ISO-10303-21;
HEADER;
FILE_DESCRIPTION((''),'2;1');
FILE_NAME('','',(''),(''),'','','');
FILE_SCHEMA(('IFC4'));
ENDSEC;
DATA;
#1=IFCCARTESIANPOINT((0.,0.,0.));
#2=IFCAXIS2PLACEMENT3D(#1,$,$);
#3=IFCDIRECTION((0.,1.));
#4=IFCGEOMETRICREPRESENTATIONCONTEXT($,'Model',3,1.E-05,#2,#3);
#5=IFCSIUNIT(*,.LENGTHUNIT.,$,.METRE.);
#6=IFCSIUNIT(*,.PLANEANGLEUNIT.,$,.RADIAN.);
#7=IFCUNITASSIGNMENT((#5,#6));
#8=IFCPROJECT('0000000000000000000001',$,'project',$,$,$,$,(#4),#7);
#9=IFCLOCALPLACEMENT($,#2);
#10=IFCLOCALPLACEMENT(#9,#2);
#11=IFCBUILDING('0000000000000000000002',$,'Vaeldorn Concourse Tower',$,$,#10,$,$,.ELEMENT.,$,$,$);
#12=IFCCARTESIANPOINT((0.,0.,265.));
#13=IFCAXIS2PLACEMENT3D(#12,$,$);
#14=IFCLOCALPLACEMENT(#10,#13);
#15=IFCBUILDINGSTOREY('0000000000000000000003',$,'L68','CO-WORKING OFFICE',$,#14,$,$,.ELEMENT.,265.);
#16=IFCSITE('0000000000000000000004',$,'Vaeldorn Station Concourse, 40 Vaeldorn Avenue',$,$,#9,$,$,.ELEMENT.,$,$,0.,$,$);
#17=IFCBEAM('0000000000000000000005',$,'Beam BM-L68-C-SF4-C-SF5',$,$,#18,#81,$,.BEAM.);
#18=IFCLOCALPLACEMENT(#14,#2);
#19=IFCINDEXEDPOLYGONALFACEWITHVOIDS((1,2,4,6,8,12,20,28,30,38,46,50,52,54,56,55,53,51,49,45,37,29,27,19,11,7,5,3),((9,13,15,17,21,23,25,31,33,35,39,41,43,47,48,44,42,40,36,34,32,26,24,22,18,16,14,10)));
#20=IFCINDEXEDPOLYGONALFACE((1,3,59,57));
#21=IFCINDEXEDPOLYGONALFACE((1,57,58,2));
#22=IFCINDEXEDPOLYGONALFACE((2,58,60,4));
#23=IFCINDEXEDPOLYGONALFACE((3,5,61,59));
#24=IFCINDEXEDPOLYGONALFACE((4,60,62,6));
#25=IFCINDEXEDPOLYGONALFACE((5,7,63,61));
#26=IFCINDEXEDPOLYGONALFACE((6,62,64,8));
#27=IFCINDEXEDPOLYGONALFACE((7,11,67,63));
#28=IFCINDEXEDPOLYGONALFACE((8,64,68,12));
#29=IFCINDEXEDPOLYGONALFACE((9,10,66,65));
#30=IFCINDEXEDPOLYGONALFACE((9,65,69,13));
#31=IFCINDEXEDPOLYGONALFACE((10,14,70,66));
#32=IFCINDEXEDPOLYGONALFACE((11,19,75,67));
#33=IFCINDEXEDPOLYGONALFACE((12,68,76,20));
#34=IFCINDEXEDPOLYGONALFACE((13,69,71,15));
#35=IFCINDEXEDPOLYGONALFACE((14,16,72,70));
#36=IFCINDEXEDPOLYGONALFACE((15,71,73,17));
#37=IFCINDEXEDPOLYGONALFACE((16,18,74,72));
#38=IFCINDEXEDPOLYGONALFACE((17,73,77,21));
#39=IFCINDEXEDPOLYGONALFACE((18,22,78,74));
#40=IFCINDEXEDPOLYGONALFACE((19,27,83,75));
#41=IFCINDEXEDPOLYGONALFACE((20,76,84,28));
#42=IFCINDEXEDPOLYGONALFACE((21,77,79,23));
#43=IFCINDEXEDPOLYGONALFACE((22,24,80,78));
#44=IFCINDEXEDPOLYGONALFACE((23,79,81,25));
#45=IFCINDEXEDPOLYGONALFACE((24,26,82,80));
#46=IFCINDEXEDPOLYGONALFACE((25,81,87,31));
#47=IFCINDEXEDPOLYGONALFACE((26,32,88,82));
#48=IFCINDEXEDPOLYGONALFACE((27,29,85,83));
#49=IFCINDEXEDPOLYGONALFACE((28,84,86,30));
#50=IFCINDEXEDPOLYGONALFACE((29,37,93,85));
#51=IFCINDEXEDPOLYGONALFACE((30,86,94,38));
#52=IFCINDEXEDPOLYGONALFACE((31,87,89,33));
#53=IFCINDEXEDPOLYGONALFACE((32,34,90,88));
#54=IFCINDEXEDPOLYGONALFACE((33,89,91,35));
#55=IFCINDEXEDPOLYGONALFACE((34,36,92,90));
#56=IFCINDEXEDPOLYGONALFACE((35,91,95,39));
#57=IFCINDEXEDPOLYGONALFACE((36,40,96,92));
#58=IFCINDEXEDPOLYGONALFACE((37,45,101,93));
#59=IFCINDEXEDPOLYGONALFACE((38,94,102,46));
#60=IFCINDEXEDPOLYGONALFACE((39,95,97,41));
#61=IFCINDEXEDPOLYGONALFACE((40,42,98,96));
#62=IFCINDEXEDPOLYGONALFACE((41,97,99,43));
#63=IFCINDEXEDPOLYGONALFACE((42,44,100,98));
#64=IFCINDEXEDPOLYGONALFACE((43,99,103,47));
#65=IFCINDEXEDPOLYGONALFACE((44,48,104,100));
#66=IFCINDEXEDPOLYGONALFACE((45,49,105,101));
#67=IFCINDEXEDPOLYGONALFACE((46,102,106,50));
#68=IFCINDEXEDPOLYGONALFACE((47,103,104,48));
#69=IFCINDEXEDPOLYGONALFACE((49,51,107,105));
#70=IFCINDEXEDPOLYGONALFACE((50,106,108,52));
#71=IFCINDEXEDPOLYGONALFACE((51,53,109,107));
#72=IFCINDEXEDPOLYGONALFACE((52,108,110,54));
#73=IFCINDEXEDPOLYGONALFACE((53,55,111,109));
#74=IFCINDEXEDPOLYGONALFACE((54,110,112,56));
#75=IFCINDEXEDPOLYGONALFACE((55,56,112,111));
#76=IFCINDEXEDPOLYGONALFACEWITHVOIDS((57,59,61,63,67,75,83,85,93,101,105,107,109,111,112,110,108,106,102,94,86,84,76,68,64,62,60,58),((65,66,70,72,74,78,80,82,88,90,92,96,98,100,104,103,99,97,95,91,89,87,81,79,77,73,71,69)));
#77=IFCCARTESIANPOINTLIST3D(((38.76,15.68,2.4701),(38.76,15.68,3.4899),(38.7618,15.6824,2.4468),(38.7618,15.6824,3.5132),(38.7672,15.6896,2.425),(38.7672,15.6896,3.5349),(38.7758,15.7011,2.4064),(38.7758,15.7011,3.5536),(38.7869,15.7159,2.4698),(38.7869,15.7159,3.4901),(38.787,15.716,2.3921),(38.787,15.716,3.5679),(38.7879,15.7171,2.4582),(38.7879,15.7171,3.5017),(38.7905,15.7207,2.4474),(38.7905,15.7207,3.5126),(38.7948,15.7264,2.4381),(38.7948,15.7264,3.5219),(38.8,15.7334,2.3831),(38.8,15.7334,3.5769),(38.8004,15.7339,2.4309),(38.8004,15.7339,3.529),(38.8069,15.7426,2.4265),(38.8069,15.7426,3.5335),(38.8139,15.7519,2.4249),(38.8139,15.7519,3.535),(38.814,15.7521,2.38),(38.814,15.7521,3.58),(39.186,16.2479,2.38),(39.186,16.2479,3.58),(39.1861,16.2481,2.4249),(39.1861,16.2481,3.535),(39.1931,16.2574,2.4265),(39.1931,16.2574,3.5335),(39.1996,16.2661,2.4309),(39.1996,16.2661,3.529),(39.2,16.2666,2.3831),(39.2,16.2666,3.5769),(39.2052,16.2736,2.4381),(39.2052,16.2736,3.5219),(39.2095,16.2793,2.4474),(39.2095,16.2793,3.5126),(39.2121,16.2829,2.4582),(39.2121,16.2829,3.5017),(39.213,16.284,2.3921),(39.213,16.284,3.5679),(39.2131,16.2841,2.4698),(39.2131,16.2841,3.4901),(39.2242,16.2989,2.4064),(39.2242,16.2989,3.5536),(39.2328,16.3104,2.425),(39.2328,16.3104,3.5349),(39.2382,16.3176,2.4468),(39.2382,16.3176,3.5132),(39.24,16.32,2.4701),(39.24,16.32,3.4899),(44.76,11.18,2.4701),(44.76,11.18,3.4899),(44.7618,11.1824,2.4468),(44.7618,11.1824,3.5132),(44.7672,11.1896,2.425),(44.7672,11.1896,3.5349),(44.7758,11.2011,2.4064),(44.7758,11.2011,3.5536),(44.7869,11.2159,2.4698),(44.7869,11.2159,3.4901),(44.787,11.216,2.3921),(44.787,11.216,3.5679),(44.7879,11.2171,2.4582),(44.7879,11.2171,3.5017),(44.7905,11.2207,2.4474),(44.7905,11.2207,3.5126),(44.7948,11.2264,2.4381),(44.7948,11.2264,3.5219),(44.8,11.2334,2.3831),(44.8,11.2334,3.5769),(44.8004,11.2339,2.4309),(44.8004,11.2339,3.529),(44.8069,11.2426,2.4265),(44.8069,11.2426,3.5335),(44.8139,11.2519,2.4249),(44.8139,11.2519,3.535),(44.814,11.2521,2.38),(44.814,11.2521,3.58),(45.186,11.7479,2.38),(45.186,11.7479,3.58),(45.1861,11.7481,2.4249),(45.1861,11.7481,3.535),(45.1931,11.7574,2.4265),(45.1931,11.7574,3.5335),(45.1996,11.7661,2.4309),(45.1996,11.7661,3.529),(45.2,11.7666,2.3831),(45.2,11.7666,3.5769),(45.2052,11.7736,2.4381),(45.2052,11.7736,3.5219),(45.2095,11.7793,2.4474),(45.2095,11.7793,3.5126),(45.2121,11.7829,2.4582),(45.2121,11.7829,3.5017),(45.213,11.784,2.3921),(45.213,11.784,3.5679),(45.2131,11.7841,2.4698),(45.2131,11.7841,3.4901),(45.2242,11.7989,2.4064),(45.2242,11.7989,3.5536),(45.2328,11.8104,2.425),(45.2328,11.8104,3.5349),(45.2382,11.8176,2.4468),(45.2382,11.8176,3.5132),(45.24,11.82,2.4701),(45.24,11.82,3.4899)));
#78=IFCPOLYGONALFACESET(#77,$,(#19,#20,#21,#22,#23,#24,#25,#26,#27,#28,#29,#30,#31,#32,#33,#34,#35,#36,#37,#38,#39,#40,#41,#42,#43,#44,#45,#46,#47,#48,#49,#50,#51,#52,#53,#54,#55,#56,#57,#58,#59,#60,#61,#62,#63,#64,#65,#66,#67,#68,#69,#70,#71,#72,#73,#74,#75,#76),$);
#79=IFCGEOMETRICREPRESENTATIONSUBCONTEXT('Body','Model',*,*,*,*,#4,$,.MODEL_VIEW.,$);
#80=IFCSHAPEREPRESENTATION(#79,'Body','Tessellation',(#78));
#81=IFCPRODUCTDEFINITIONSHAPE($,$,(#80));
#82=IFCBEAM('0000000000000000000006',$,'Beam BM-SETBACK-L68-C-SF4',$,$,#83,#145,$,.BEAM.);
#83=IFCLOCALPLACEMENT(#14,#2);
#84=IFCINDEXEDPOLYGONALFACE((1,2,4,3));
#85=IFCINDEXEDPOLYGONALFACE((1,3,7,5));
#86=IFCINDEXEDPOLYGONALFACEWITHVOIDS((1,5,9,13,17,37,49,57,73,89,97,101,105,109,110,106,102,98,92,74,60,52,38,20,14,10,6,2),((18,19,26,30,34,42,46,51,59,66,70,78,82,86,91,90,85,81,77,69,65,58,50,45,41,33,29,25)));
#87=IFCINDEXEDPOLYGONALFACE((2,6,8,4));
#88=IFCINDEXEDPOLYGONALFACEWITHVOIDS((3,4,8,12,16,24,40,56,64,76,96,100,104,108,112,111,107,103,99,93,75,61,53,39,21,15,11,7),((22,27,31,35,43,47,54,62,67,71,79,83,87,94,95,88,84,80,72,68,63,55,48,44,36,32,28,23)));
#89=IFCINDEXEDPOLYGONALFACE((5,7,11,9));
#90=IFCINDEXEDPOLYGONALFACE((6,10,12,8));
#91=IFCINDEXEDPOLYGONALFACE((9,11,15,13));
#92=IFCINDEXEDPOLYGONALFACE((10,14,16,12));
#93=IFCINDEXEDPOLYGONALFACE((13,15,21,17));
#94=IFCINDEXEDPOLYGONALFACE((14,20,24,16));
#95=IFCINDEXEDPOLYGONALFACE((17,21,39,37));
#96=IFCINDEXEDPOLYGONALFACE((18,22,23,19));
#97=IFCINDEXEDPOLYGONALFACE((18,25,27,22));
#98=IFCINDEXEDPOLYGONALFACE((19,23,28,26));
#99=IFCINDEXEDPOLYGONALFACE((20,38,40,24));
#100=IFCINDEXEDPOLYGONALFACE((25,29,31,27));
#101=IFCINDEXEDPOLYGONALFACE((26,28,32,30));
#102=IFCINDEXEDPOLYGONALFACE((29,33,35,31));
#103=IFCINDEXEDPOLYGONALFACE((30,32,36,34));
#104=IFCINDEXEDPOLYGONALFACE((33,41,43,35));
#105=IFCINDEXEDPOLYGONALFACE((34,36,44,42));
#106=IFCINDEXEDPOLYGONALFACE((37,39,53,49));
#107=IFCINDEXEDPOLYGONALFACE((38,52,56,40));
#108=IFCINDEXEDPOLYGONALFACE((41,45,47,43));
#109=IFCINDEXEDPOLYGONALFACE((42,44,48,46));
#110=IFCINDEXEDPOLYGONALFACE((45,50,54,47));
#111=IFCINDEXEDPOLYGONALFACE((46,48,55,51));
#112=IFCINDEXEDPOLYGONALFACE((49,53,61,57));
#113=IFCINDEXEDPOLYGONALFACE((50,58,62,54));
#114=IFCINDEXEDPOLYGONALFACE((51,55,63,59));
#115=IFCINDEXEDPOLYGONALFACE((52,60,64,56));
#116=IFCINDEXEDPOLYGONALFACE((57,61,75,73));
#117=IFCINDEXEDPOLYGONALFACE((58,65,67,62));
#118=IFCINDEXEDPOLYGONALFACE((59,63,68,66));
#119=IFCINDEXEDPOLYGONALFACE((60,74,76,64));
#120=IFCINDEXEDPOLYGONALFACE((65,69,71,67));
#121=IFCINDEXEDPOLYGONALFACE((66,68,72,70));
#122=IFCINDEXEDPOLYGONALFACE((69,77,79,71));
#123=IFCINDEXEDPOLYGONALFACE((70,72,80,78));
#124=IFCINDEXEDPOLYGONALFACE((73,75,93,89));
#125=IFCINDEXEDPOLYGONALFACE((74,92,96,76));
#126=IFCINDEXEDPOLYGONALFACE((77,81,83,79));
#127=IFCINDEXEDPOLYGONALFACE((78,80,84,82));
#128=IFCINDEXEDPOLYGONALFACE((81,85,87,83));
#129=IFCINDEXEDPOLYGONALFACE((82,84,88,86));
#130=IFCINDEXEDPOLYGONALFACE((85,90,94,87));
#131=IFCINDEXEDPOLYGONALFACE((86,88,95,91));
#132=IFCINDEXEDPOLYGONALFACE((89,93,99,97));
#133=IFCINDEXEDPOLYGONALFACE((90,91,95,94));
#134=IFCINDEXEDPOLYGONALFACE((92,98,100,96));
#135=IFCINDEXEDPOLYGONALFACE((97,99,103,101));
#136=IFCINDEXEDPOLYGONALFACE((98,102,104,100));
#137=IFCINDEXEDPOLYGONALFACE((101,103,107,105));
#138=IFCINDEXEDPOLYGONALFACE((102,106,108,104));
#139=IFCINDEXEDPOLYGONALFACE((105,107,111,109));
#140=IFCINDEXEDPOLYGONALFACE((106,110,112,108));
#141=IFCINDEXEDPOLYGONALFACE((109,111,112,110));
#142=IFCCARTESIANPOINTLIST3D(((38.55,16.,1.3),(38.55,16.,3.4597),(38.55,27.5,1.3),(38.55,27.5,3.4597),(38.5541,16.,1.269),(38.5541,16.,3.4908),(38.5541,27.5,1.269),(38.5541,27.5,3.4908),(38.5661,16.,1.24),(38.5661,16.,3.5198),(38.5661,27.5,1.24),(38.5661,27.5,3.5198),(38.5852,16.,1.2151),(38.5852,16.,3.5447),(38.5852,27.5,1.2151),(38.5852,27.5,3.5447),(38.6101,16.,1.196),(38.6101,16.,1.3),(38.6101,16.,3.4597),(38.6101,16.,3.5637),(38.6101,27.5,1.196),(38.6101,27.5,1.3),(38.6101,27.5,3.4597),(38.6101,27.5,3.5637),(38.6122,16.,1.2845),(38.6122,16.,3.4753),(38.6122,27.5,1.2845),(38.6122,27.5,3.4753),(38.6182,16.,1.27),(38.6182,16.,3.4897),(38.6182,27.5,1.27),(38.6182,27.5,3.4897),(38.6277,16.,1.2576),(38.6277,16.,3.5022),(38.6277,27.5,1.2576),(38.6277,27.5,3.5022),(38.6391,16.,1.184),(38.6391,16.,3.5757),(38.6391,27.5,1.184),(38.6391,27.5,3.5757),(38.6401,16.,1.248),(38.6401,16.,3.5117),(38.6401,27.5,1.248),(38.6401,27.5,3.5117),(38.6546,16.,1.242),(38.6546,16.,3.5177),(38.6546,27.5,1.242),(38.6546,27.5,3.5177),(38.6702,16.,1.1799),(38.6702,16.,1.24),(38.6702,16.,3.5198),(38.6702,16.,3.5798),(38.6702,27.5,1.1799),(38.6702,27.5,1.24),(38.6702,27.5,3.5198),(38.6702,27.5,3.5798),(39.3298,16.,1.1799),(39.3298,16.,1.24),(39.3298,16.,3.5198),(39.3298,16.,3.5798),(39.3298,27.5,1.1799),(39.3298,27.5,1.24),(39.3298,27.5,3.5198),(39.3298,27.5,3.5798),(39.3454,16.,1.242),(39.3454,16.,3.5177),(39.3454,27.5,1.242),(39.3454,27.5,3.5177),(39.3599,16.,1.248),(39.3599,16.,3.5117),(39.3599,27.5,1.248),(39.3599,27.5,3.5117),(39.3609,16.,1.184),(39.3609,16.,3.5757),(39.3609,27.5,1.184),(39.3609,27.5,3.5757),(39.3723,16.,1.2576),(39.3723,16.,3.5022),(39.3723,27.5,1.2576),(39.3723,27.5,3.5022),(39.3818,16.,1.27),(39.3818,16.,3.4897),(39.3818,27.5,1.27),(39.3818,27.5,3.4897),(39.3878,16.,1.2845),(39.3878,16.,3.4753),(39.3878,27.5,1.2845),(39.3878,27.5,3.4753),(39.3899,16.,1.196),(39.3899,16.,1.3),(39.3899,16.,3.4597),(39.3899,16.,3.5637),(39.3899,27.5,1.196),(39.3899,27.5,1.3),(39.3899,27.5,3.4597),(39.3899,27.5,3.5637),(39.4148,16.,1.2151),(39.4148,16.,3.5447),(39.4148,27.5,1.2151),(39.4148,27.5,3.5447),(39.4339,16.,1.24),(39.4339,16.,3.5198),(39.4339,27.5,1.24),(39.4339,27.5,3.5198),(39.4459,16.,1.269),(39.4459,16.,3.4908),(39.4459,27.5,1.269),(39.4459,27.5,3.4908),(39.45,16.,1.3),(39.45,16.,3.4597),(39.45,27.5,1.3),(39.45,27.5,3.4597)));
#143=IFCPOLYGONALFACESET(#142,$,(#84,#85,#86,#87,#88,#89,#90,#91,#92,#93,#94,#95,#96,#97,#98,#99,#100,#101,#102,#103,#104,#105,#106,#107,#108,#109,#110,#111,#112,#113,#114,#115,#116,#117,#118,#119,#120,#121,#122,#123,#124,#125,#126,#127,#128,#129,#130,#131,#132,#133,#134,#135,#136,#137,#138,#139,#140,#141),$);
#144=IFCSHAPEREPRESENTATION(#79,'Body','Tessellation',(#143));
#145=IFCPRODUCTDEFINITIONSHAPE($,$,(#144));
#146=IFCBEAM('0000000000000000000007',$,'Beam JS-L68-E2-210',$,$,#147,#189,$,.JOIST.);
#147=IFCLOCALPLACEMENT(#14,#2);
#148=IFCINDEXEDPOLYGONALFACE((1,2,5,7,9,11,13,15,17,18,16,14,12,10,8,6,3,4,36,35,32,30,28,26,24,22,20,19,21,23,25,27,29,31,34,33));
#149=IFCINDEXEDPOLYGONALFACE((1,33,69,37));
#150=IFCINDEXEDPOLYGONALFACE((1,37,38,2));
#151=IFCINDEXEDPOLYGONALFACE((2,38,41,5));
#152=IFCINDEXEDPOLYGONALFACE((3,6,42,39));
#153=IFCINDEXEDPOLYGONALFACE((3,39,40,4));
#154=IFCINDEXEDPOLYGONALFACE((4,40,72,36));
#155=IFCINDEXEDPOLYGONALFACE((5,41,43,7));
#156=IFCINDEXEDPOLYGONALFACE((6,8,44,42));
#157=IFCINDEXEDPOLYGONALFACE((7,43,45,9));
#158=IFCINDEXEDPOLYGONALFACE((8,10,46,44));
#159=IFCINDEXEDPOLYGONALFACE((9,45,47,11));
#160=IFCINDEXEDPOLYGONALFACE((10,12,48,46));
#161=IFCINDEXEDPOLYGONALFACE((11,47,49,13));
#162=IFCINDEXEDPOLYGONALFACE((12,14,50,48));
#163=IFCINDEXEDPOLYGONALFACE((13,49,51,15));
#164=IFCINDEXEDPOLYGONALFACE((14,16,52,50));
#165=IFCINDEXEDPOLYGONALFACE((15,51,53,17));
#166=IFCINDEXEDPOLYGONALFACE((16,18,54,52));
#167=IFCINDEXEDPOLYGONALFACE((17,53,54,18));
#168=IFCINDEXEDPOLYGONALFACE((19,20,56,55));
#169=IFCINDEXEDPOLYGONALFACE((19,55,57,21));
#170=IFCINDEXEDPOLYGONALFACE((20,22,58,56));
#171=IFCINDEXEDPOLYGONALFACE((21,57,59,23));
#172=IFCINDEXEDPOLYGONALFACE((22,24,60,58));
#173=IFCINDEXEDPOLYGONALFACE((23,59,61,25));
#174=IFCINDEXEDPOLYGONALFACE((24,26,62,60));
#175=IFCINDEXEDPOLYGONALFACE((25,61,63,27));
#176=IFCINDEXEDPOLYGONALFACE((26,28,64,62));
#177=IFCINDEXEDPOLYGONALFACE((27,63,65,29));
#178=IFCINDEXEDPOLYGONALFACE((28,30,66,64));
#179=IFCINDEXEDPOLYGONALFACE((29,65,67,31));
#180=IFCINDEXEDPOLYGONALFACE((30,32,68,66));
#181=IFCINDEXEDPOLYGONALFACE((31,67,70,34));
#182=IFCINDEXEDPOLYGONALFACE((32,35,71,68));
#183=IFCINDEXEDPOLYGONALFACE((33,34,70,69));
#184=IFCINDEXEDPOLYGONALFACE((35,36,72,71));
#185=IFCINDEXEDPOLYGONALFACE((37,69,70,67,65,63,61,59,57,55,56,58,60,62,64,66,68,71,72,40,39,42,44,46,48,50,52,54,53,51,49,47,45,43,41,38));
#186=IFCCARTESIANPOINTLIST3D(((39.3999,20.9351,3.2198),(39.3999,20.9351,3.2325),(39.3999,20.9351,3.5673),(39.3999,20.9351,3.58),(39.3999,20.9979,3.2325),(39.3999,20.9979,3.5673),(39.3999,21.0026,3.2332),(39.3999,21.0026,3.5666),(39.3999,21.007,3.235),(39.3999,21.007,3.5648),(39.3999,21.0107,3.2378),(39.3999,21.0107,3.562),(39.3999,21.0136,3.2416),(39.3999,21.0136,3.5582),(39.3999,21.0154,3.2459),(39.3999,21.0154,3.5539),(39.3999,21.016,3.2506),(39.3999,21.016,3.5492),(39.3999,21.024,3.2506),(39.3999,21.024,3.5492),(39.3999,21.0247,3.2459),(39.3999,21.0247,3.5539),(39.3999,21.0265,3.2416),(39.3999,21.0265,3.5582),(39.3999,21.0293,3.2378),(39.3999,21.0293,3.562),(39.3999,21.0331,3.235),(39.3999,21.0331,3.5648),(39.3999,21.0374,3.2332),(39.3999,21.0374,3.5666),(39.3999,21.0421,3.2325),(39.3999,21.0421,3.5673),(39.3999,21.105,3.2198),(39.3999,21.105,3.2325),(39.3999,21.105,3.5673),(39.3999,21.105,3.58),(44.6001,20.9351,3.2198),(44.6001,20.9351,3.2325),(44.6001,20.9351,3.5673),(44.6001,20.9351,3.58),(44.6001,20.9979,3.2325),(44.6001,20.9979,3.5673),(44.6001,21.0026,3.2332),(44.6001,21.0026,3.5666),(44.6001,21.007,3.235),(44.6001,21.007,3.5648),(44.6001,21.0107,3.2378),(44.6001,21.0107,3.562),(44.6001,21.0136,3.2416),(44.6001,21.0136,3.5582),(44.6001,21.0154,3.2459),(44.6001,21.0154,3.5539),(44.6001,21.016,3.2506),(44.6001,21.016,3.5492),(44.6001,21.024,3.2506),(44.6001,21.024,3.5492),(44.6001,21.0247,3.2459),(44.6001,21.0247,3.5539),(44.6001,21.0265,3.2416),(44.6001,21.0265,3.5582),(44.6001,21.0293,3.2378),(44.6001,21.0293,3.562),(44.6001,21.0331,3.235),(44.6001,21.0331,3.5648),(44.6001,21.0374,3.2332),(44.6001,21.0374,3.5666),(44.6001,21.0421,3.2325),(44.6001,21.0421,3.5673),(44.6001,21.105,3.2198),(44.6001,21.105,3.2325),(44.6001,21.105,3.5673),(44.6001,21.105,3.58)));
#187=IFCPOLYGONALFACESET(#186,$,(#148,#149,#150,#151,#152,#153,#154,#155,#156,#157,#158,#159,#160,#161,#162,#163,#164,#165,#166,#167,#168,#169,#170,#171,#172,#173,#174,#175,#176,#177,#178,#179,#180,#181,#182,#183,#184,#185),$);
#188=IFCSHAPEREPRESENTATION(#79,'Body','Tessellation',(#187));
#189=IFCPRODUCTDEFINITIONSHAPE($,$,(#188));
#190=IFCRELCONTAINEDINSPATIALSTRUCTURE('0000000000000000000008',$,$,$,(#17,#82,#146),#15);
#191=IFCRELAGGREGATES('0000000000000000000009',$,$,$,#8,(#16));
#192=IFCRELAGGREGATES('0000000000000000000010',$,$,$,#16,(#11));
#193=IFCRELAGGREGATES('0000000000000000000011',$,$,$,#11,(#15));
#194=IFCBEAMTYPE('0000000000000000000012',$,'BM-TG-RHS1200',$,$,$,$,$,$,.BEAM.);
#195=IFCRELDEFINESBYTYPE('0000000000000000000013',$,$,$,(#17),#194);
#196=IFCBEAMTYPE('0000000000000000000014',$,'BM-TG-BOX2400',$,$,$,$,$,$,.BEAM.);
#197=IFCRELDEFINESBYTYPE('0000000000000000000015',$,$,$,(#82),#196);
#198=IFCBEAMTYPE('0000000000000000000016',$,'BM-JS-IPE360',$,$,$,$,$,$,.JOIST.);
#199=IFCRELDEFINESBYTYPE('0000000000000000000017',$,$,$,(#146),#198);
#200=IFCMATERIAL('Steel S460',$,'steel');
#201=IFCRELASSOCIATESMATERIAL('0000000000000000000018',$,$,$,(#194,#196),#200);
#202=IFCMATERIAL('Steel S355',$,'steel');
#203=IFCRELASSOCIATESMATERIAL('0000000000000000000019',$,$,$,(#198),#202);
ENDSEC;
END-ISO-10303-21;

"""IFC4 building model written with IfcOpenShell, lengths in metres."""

from ifc_helpers import new_model, si_unit, direction, frame, origin, origin_2d, place, context, subcontext, project, spatial, hollow_rectangle, i_section, extrude, source, transform, mapped, material, material_profile, profile_set, type_object, element, save


model = new_model("IFC4")

# Units and contexts
model_context = context("Model", 3, precision=1e-05, world=origin(), true_north=direction((0.0, 1.0)))
body_context = subcontext(model_context, "Body", "Model", "MODEL_VIEW")
ifc_project = project(units=[si_unit("LENGTHUNIT", "METRE"), si_unit("PLANEANGLEUNIT", "RADIAN")], contexts=[model_context])

# Site, building, storey
site_placement = place(None, origin())
site = spatial("IfcSite", under=ifc_project, at=site_placement, Name="Vaeldorn Station Concourse, 40 Vaeldorn Avenue", CompositionType="ELEMENT", RefElevation=0.0)
building_placement = place(site_placement, origin())
building = spatial("IfcBuilding", under=site, at=building_placement, Name="Vaeldorn Concourse Tower", CompositionType="ELEMENT")
storey_placement = place(building_placement, frame((0.0, 0.0, 265.0)))
storey = spatial("IfcBuildingStorey", under=building, at=storey_placement, Name="L68", Description="CO-WORKING OFFICE", CompositionType="ELEMENT", Elevation=265.0)

# Shared definitions
ifc_material_1 = material(Name="Steel S355", Category="steel")

# Beams
ifc_material_2 = material(Name="Steel S460", Category="steel")
ifc_material_profile_1 = material_profile(ifc_material_2, hollow_rectangle(XDim=0.8, YDim=1.2, WallThickness=0.0449, InnerFilletRadius=0.0449, OuterFilletRadius=0.0901, at=origin_2d()), Name="RHS 1200x800x45")
ifc_profile_set_1 = profile_set([ifc_material_profile_1], Name="Steel S460")
beam_type_1 = type_object("IfcBeamType", Name="BM-TG-RHS1200", PredefinedType="BEAM", material=ifc_profile_set_1)
shared_shape_1 = source(origin(), body_context, "Body", "SweptSolid", [
    extrude(hollow_rectangle(XDim=0.8, YDim=1.2, WallThickness=0.0449, InnerFilletRadius=0.0449, OuterFilletRadius=0.0901, at=origin_2d()), origin(), (0.0, 0.0, 1.0), 7.5),
])
beam_1_placement = place(storey_placement, frame((39.0, 16.0, 2.98), z_axis=(0.8, -0.6, 0.0), x_axis=(0.6, 0.8, 0.0)))
element("IfcBeam", 1, at=beam_1_placement, inside=storey, type_object=beam_type_1, Name="Beam BM-L68-C-SF4-C-SF5", PredefinedType="BEAM", context=body_context, shape_type="MappedRepresentation", body=[
    mapped(shared_shape_1, transform((0.0, 0.0, 0.0), scale=1.0)),
])
ifc_material_profile_2 = material_profile(ifc_material_2, hollow_rectangle(XDim=0.8999, YDim=2.3999, WallThickness=0.0601, InnerFilletRadius=0.0601, OuterFilletRadius=0.1201, at=origin_2d()), Name="RHS 2400x900x60")
ifc_profile_set_2 = profile_set([ifc_material_profile_2], Name="Steel S460")
beam_type_2 = type_object("IfcBeamType", Name="BM-TG-BOX2400", PredefinedType="BEAM", material=ifc_profile_set_2)
shared_shape_2 = source(origin(), body_context, "Body", "SweptSolid", [
    extrude(hollow_rectangle(XDim=0.8999, YDim=2.3999, WallThickness=0.0601, InnerFilletRadius=0.0601, OuterFilletRadius=0.1201, at=origin_2d()), origin(), (0.0, 0.0, 1.0), 11.5),
])
beam_2_placement = place(storey_placement, frame((39.0, 16.0, 2.3799), z_axis=(0.0, 1.0, 0.0), x_axis=(-1.0, 0.0, 0.0)))
element("IfcBeam", 2, at=beam_2_placement, inside=storey, type_object=beam_type_2, Name="Beam BM-SETBACK-L68-C-SF4", PredefinedType="BEAM", context=body_context, shape_type="MappedRepresentation", body=[
    mapped(shared_shape_2, transform((0.0, 0.0, 0.0), scale=1.0)),
])
ifc_material_profile_3 = material_profile(ifc_material_1, i_section(OverallWidth=0.1699, OverallDepth=0.3601, WebThickness=0.0081, FlangeThickness=0.0127, FilletRadius=0.0181, at=origin_2d()), Name="IPE 360")
ifc_profile_set_3 = profile_set([ifc_material_profile_3], Name="Steel S355")
beam_type_3 = type_object("IfcBeamType", Name="BM-JS-IPE360", PredefinedType="JOIST", material=ifc_profile_set_3)
shared_shape_3 = source(origin(), body_context, "Body", "SweptSolid", [
    extrude(i_section(OverallWidth=0.1699, OverallDepth=0.3601, WebThickness=0.0081, FlangeThickness=0.0127, FilletRadius=0.0181, at=origin_2d()), origin(), (0.0, 0.0, 1.0), 5.2002),
])
for number, where, z_axis, x_axis, name in (
    (3, (39.3999, 21.02, 3.3999), (1.0, 0.0, 0.0), (0.0, 1.0, 0.0), "Beam JS-L68-E2-210"),
):
    element("IfcBeam", number, at=place(storey_placement, frame(where, z_axis=z_axis, x_axis=x_axis)), inside=storey, type_object=beam_type_3, Name=name, PredefinedType="JOIST", context=body_context, shape_type="MappedRepresentation", body=[
        mapped(shared_shape_3, transform((0.0, 0.0, 0.0), scale=1.0)),
    ])

save(model, "model.ifc")
